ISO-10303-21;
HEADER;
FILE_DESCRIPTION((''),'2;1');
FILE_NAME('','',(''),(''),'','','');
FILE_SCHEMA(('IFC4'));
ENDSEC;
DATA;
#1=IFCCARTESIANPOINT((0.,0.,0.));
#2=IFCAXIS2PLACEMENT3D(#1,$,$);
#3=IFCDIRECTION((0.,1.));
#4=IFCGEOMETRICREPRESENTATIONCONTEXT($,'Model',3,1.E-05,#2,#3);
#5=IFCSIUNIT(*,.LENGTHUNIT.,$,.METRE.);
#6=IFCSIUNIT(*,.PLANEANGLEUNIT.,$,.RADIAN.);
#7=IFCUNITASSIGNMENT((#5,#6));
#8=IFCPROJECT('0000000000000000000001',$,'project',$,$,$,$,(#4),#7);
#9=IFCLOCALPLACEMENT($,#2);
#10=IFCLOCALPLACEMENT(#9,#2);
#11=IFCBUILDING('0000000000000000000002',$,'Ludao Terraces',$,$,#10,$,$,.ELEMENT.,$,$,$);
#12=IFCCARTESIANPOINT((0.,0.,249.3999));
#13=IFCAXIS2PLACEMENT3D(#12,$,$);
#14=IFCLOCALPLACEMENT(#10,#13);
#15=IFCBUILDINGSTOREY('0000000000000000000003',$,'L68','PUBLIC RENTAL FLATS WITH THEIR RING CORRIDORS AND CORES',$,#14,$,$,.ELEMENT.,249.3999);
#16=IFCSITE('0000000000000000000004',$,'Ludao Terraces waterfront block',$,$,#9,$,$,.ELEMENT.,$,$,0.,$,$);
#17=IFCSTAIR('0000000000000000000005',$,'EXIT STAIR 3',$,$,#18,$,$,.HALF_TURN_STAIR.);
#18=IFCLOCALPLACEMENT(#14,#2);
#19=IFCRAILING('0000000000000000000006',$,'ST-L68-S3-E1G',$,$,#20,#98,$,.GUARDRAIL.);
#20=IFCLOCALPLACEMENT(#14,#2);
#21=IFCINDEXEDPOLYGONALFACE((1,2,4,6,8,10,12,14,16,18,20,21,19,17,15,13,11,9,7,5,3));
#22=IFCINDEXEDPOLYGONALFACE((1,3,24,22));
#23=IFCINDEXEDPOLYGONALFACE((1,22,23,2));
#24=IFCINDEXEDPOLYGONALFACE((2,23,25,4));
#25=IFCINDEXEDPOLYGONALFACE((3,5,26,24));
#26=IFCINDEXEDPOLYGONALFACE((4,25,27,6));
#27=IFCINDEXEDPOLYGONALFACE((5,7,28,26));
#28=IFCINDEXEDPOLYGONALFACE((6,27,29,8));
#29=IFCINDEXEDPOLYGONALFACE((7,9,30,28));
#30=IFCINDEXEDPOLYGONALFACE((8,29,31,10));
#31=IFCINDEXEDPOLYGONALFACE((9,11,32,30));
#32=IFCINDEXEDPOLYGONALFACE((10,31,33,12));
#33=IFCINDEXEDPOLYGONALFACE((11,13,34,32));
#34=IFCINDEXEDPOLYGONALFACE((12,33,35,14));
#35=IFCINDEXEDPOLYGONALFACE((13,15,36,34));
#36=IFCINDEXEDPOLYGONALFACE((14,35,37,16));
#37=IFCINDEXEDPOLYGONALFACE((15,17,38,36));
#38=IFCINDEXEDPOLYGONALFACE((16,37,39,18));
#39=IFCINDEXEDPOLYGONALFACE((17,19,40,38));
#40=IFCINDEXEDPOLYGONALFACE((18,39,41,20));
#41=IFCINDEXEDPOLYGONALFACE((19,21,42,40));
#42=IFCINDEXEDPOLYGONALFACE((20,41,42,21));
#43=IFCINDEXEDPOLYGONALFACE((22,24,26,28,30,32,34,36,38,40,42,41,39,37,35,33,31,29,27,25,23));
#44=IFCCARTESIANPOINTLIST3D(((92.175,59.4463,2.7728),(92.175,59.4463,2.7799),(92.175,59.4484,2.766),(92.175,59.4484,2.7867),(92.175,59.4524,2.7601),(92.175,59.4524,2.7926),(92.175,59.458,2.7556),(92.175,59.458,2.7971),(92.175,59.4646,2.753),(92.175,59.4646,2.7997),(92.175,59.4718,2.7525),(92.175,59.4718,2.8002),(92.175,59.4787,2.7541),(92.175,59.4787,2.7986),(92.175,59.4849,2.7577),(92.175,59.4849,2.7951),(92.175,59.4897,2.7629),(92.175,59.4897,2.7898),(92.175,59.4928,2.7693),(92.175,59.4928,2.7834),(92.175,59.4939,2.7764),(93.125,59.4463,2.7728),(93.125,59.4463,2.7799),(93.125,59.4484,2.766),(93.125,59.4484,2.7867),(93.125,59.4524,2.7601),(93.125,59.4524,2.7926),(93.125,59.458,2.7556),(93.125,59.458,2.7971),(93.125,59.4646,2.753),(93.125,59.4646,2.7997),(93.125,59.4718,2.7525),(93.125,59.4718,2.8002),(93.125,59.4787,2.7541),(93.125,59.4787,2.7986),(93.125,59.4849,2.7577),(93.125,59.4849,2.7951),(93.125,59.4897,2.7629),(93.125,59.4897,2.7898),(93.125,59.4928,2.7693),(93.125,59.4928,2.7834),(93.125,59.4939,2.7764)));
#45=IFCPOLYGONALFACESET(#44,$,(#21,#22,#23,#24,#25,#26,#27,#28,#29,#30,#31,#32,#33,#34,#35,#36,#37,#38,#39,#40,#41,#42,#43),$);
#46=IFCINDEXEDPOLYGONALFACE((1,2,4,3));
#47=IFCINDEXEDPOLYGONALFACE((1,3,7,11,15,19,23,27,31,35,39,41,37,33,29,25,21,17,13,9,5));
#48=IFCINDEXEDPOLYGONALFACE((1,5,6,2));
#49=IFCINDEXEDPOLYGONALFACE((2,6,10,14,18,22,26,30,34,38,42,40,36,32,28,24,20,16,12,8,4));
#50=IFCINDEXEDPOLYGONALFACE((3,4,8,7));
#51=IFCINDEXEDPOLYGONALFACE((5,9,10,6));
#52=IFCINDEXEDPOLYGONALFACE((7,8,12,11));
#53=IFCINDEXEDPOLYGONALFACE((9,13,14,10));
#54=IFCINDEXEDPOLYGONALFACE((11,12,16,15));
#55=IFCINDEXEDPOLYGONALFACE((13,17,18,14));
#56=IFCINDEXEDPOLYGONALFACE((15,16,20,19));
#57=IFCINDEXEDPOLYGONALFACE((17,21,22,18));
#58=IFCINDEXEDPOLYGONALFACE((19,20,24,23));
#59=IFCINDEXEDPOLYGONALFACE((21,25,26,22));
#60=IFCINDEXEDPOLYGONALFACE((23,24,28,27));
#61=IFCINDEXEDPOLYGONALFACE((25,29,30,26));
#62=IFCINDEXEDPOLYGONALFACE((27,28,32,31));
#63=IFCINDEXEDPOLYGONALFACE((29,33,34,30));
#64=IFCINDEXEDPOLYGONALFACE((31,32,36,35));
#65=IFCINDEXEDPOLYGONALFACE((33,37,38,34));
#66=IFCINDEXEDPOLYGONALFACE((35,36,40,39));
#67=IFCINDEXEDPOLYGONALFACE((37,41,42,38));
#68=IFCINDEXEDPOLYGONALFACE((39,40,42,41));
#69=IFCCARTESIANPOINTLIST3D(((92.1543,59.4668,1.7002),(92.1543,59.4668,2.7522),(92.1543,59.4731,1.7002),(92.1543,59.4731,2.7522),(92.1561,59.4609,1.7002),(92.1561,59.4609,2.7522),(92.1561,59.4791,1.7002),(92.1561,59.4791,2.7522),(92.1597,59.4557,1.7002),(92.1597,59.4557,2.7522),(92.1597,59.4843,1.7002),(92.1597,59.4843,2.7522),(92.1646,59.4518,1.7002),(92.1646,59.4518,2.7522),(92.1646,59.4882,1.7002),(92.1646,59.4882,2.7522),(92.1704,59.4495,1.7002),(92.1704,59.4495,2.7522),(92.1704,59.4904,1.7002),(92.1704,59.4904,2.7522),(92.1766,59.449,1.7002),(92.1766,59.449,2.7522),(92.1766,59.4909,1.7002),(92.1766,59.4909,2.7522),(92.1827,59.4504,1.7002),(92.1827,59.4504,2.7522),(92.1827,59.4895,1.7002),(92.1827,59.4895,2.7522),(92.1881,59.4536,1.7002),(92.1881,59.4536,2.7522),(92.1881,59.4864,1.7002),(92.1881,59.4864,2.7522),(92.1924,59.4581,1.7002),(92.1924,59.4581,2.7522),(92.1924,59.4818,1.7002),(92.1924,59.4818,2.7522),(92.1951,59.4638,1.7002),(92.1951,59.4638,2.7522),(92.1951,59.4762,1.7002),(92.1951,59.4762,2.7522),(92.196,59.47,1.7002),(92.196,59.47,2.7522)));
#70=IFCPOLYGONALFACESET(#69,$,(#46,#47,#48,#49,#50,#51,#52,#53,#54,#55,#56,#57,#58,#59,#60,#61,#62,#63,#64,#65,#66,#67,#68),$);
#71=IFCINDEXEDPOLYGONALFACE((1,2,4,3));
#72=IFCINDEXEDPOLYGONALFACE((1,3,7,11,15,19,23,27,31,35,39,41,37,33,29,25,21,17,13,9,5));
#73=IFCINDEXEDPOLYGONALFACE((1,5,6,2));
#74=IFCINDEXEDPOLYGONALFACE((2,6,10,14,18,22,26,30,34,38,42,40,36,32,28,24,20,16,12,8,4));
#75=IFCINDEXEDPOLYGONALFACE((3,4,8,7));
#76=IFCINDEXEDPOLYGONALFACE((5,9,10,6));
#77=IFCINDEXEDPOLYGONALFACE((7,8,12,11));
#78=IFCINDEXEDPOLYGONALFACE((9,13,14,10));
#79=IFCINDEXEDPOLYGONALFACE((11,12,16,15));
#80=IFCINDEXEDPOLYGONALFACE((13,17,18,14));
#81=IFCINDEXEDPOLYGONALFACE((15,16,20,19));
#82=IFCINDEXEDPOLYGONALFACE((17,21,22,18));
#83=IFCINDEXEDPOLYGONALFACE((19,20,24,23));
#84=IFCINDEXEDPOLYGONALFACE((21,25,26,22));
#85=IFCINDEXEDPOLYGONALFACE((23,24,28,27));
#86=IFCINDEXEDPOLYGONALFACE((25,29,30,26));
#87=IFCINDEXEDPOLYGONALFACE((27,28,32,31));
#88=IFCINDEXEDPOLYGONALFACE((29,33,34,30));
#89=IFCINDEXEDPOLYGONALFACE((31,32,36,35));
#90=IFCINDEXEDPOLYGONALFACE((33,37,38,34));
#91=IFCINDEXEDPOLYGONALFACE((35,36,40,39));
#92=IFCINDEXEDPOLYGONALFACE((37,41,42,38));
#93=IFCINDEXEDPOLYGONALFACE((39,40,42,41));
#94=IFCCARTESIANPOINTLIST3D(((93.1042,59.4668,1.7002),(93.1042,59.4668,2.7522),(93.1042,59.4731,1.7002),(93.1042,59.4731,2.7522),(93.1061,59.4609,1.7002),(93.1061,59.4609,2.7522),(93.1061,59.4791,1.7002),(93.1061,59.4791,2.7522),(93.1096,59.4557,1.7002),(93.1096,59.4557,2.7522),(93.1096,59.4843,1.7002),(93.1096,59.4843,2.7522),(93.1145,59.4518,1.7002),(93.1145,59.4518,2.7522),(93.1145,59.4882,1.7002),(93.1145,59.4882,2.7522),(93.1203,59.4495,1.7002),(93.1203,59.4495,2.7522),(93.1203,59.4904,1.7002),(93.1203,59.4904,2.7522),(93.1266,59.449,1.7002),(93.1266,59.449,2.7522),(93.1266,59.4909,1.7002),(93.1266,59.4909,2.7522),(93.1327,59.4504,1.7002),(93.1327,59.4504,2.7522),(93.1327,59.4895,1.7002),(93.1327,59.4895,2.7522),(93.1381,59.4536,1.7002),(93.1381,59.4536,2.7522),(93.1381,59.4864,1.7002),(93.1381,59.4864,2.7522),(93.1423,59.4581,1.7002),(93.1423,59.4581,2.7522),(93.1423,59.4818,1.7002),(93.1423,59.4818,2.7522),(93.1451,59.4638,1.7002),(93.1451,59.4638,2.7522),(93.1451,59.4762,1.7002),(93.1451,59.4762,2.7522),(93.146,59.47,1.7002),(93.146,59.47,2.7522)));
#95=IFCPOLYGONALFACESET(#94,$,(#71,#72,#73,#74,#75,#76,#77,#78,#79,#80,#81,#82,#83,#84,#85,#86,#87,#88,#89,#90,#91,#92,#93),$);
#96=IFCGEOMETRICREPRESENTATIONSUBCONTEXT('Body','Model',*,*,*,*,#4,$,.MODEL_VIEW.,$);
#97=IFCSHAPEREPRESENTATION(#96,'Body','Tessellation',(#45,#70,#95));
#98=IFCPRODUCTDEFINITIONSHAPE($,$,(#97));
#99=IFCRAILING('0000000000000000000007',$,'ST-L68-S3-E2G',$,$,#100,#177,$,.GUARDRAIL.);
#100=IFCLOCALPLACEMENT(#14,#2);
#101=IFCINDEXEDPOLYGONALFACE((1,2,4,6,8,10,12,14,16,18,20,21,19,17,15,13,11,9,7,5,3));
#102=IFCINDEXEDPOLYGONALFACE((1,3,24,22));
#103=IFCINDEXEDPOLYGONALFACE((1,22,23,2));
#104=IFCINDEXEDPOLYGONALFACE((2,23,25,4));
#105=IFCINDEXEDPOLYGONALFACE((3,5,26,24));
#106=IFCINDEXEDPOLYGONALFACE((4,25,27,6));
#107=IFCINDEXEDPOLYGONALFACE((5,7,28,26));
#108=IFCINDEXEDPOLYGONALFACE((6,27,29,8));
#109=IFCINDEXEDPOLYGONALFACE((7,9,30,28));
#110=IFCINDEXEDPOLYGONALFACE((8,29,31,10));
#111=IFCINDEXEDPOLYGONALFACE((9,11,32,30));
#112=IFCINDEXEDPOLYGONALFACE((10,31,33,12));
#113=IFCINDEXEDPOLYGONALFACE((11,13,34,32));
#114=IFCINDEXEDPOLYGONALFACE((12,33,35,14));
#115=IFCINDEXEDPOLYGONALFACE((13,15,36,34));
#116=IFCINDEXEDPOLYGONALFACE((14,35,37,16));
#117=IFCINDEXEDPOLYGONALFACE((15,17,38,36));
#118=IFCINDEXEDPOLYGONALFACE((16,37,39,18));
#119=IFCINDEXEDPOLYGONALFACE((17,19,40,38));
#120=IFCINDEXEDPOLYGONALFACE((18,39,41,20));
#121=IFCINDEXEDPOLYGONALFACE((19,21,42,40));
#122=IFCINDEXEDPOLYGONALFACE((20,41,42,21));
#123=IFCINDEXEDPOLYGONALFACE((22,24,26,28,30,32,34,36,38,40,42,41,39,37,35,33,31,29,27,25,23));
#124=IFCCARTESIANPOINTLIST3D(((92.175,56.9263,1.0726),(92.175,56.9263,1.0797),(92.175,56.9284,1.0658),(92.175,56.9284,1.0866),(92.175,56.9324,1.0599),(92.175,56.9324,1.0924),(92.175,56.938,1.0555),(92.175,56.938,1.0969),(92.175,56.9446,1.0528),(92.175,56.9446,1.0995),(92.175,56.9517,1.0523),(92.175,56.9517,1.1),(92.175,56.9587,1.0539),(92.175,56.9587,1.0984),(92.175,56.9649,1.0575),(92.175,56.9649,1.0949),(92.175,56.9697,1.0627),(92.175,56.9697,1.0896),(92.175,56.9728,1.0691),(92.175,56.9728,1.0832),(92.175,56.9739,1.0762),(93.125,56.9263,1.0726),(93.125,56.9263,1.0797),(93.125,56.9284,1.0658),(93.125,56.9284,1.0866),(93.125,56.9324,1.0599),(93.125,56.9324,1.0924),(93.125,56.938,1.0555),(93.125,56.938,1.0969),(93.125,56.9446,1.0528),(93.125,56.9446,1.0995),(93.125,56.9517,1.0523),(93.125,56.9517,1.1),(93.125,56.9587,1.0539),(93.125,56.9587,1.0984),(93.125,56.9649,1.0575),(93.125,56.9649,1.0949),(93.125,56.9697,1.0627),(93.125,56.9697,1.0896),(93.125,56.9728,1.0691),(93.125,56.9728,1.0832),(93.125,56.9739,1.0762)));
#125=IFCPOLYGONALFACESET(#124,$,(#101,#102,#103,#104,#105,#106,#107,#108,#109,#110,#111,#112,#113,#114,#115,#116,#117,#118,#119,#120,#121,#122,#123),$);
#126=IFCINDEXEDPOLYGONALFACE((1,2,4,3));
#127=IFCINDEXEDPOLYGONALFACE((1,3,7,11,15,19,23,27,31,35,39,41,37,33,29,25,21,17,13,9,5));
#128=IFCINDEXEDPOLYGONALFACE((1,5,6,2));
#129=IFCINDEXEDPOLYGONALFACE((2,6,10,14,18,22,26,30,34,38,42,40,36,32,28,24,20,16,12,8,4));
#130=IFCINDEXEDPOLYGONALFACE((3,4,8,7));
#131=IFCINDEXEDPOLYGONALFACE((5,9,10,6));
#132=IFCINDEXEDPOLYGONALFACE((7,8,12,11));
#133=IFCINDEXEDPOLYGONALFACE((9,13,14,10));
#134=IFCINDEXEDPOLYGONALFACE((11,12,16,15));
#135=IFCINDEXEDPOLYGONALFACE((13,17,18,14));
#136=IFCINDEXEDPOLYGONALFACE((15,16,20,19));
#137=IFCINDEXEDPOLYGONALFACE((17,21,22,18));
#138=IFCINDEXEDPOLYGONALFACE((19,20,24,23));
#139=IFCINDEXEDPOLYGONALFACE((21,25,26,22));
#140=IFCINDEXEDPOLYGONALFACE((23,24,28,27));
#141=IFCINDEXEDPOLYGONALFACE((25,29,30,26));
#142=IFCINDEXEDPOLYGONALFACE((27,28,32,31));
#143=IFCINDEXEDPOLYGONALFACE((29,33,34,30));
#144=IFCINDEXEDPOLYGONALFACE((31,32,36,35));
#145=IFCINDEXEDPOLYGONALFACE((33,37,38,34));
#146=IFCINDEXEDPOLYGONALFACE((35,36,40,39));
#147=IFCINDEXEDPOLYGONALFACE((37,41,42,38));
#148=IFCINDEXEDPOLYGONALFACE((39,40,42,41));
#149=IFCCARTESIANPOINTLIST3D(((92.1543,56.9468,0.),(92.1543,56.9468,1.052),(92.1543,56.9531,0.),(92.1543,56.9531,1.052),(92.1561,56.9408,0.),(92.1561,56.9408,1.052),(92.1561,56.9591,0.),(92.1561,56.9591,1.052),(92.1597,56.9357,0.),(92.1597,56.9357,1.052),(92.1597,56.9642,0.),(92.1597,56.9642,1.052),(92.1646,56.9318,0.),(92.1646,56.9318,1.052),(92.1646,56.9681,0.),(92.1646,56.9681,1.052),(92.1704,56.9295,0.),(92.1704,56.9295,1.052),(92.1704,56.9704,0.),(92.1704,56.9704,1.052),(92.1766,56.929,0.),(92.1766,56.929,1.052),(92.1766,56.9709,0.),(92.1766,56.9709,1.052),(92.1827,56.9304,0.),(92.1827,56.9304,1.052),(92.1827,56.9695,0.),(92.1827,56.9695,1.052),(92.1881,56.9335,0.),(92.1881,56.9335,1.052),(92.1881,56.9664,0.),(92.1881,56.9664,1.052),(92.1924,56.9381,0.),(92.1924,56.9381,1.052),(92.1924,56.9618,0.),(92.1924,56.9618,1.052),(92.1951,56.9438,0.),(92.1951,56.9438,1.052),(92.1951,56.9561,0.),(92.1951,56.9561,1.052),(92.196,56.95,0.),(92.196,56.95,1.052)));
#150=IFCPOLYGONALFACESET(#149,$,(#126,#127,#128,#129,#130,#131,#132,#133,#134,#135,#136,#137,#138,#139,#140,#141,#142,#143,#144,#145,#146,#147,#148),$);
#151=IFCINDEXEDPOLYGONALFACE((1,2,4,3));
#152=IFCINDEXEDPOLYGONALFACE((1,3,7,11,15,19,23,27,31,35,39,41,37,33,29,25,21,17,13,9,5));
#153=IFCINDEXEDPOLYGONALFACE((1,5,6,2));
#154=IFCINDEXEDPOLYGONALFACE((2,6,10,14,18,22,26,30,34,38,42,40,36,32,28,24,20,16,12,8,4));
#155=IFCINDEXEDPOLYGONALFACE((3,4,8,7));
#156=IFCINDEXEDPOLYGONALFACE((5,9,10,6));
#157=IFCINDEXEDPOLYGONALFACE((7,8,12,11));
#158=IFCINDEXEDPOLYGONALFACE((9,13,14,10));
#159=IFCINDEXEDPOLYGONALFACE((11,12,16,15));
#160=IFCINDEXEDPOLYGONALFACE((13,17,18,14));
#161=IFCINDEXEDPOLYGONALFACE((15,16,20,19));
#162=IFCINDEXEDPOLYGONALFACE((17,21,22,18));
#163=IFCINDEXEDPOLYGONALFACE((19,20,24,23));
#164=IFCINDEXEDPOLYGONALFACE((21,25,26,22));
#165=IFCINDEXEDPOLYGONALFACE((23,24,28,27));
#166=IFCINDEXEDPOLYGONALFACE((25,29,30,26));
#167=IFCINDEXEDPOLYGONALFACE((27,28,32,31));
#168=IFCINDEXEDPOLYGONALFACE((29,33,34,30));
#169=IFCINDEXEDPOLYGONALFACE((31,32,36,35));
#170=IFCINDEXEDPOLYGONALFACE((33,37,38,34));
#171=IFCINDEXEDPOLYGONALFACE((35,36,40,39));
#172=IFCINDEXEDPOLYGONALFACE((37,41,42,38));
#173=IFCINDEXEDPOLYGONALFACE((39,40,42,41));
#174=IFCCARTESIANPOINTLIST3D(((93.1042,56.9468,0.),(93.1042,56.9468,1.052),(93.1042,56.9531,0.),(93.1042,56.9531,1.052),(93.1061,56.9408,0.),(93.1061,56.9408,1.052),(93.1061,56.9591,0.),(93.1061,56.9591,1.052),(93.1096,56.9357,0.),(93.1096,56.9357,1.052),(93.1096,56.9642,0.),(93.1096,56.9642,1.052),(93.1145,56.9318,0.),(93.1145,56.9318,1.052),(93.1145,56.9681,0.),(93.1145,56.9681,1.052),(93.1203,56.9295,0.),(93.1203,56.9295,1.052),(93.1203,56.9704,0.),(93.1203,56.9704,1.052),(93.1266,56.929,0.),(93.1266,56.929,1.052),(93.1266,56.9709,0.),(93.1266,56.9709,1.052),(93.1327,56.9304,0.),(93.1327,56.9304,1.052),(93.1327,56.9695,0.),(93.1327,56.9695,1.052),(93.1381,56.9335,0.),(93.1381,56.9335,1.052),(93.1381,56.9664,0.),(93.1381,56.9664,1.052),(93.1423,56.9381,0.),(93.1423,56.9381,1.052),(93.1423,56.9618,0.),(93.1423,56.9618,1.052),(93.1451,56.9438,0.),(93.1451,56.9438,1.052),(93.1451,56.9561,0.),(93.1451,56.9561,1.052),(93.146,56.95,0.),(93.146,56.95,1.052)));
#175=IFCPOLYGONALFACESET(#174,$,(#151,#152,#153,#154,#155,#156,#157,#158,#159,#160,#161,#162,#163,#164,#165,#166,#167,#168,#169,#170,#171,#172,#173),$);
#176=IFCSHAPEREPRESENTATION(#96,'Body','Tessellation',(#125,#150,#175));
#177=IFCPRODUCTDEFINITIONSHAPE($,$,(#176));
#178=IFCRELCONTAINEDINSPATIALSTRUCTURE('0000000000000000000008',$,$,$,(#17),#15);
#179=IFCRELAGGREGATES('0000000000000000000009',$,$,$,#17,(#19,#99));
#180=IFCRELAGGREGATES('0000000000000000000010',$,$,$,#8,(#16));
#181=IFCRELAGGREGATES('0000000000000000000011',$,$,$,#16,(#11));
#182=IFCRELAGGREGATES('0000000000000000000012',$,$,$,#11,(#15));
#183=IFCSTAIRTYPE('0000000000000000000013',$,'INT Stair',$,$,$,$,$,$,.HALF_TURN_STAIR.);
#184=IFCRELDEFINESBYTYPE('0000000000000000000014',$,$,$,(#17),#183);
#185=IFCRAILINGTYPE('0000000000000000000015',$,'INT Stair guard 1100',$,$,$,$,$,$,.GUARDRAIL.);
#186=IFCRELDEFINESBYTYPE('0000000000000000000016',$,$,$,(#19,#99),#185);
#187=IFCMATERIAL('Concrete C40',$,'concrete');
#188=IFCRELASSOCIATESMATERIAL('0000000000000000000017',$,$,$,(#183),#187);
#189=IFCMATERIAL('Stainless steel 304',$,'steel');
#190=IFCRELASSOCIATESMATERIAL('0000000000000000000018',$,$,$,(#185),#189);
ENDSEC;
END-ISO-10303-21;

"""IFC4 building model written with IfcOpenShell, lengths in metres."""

from ifc_helpers import new_model, si_unit, direction, frame, origin, origin_2d, place, context, subcontext, project, spatial, circle, extrude, material, type_object, element, aggregate, save


model = new_model("IFC4")

# Units and contexts
model_context = context("Model", 3, precision=1e-05, world=origin(), true_north=direction((0.0, 1.0)))
body_context = subcontext(model_context, "Body", "Model", "MODEL_VIEW")
ifc_project = project(units=[si_unit("LENGTHUNIT", "METRE"), si_unit("PLANEANGLEUNIT", "RADIAN")], contexts=[model_context])

# Site, building, storey
site_placement = place(None, origin())
site = spatial("IfcSite", under=ifc_project, at=site_placement, Name="Ludao Terraces waterfront block", CompositionType="ELEMENT", RefElevation=0.0)
building_placement = place(site_placement, origin())
building = spatial("IfcBuilding", under=site, at=building_placement, Name="Ludao Terraces", CompositionType="ELEMENT")
storey_placement = place(building_placement, frame((0.0, 0.0, 249.3999)))
storey = spatial("IfcBuildingStorey", under=building, at=storey_placement, Name="L68", Description="PUBLIC RENTAL FLATS WITH THEIR RING CORRIDORS AND CORES", CompositionType="ELEMENT", Elevation=249.3999)

# Shared definitions
ifc_material_1 = material(Name="Concrete C40", Category="concrete")

# Stair, railings
stair_type = type_object("IfcStairType", Name="INT Stair", PredefinedType="HALF_TURN_STAIR", material=ifc_material_1)
stair_placement = place(storey_placement, origin())
stair = element("IfcStair", 1, at=stair_placement, inside=storey, type_object=stair_type, Name="EXIT STAIR 3", PredefinedType="HALF_TURN_STAIR")
ifc_material_2 = material(Name="Stainless steel 304", Category="steel")
railing_type_1 = type_object("IfcRailingType", Name="INT Stair guard 1100", PredefinedType="GUARDRAIL", material=ifc_material_2)
railing_1_placement = place(storey_placement, frame((92.175, 59.47, 1.7002)))
railing_1 = element("IfcRailing", 2, at=railing_1_placement, type_object=railing_type_1, Name="ST-L68-S3-E1G", PredefinedType="GUARDRAIL", context=body_context, shape_type="SweptSolid", body=[
    extrude(circle(Radius=0.0239, at=origin_2d()), frame((0.0, 0.0, 1.0762), z_axis=(1.0, 0.0, 0.0), x_axis=(0.0, 1.0, 0.0)), (0.0, 0.0, 1.0), 0.95),
    extrude(circle(Radius=0.021, at=origin_2d()), origin(), (0.0, 0.0, 1.0), 1.052),
    extrude(circle(Radius=0.021, at=origin_2d()), frame((0.95, 0.0, 0.0)), (0.0, 0.0, 1.0), 1.052),
])
railing_2_placement = place(storey_placement, frame((92.175, 56.95, 0.0)))
railing_2 = element("IfcRailing", 3, at=railing_2_placement, type_object=railing_type_1, Name="ST-L68-S3-E2G", PredefinedType="GUARDRAIL", context=body_context, shape_type="SweptSolid", body=[
    extrude(circle(Radius=0.0239, at=origin_2d()), frame((0.0, 0.0, 1.0762), z_axis=(1.0, 0.0, 0.0), x_axis=(0.0, 1.0, 0.0)), (0.0, 0.0, 1.0), 0.95),
    extrude(circle(Radius=0.021, at=origin_2d()), origin(), (0.0, 0.0, 1.0), 1.052),
    extrude(circle(Radius=0.021, at=origin_2d()), frame((0.95, 0.0, 0.0)), (0.0, 0.0, 1.0), 1.052),
])
aggregate(stair, [railing_1, railing_2])

save(model, "model.ifc")
